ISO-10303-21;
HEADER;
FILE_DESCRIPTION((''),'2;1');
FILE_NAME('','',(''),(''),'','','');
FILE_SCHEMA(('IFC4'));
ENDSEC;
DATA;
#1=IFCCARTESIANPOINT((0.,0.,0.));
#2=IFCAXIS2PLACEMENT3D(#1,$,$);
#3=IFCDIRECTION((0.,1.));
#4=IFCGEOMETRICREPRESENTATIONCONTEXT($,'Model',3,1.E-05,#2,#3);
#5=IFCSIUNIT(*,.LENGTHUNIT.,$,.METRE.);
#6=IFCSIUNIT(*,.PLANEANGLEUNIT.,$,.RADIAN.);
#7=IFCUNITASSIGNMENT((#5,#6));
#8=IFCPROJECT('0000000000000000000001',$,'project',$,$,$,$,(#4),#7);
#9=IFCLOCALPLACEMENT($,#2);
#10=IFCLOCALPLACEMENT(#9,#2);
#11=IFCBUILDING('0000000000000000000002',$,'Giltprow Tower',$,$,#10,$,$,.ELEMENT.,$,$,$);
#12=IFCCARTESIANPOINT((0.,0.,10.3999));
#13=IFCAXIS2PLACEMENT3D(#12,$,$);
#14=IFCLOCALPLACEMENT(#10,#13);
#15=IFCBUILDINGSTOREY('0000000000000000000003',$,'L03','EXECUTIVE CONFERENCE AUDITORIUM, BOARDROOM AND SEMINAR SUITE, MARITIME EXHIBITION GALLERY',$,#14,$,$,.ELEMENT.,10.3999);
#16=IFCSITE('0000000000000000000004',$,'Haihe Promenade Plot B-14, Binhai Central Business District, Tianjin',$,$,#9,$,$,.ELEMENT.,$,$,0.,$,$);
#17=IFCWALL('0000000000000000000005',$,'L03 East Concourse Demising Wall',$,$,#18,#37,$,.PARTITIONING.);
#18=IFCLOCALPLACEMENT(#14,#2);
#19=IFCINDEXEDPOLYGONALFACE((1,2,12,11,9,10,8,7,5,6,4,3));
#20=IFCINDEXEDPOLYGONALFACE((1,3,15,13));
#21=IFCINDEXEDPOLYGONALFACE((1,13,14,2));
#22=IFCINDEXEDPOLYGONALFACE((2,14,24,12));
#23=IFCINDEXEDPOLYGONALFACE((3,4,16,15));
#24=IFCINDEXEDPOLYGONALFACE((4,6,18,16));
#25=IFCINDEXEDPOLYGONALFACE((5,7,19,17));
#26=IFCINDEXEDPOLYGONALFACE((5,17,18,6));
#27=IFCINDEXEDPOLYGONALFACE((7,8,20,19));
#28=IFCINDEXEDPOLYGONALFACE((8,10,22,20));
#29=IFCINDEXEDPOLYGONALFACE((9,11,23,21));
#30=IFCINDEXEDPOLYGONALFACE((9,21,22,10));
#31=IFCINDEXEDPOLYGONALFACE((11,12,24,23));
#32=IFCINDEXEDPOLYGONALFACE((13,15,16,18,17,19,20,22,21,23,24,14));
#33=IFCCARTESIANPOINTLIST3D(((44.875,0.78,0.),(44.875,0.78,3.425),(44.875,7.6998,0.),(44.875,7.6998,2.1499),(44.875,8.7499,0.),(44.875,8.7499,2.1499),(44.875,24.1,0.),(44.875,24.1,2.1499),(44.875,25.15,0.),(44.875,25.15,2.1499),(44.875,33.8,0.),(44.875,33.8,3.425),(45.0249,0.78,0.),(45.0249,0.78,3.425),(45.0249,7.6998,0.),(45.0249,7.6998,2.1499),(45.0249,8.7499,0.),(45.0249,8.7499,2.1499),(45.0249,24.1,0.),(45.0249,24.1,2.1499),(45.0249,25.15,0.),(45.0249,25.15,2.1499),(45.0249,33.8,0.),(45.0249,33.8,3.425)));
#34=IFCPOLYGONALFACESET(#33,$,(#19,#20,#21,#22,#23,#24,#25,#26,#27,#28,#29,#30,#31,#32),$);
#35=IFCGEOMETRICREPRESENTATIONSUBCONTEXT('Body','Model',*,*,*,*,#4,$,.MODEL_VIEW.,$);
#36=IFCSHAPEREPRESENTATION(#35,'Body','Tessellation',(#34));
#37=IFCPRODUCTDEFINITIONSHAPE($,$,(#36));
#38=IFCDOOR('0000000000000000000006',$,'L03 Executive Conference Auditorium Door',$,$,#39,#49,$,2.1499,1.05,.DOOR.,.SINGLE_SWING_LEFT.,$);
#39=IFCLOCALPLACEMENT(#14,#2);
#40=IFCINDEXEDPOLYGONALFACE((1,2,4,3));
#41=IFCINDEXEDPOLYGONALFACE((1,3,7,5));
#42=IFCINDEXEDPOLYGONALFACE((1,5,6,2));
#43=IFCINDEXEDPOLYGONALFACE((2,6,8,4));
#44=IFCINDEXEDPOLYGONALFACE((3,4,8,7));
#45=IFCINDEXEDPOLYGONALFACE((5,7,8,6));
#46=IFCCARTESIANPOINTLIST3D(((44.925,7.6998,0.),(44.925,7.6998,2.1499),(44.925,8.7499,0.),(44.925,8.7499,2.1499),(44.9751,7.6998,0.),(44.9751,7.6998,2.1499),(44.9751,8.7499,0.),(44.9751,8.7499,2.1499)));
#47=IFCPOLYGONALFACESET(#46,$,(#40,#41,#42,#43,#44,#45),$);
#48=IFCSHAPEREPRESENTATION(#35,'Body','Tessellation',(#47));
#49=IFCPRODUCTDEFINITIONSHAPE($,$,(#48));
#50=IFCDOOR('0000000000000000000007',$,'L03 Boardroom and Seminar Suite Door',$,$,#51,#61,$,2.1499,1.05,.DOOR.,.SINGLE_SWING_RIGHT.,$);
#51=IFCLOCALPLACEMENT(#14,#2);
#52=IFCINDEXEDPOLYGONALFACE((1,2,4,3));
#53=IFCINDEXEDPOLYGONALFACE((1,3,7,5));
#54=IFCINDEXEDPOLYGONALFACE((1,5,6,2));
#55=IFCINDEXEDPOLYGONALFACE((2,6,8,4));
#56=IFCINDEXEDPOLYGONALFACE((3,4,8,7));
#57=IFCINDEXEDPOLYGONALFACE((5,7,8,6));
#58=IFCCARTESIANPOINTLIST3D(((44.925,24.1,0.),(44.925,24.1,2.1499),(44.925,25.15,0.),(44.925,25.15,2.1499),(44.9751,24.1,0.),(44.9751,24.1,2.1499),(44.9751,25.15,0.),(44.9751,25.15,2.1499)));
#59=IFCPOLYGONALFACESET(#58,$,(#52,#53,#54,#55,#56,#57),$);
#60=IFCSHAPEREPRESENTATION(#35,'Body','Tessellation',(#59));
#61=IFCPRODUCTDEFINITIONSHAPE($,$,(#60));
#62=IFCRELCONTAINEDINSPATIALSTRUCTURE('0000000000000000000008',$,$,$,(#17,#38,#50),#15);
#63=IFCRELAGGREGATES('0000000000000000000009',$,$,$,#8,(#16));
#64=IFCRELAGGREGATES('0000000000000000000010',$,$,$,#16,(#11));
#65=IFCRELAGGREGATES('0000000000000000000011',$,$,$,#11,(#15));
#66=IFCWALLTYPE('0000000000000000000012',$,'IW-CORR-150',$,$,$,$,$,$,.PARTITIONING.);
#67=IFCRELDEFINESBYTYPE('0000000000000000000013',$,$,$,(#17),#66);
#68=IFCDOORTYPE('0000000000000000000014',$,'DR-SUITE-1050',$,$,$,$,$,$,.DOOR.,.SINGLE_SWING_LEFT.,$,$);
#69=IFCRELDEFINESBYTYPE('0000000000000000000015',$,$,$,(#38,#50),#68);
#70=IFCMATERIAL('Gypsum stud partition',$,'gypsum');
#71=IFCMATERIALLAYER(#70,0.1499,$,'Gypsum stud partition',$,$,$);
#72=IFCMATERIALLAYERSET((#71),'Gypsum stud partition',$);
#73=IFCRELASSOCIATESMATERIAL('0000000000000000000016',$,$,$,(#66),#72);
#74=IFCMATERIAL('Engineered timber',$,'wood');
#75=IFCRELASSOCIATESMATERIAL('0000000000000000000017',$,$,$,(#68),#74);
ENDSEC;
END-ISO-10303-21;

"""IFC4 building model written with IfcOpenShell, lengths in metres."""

from ifc_helpers import new_model, si_unit, direction, frame, frame_2d, origin, place, context, subcontext, project, spatial, rectangle, extrude, source, transform, mapped, material, layer, layer_set, type_object, element, fill, save


model = new_model("IFC4")

# Units and contexts
model_context = context("Model", 3, precision=1e-05, world=origin(), true_north=direction((0.0, 1.0)))
body_context = subcontext(model_context, "Body", "Model", "MODEL_VIEW")
ifc_project = project(units=[si_unit("LENGTHUNIT", "METRE"), si_unit("PLANEANGLEUNIT", "RADIAN")], contexts=[model_context])

# Site, building, storey
site_placement = place(None, origin())
site = spatial("IfcSite", under=ifc_project, at=site_placement, Name="Haihe Promenade Plot B-14, Binhai Central Business District, Tianjin", CompositionType="ELEMENT", RefElevation=0.0)
building_placement = place(site_placement, origin())
building = spatial("IfcBuilding", under=site, at=building_placement, Name="Giltprow Tower", CompositionType="ELEMENT")
storey_placement = place(building_placement, frame((0.0, 0.0, 10.3999)))
storey = spatial("IfcBuildingStorey", under=building, at=storey_placement, Name="L03", Description="EXECUTIVE CONFERENCE AUDITORIUM, BOARDROOM AND SEMINAR SUITE, MARITIME EXHIBITION GALLERY", CompositionType="ELEMENT", Elevation=10.3999)

# Wall, openings, doors
ifc_material_1 = material(Name="Gypsum stud partition", Category="gypsum")
ifc_layer_1 = layer(ifc_material_1, 0.1499, Name="Gypsum stud partition")
ifc_layer_set_1 = layer_set([ifc_layer_1], Name="Gypsum stud partition")
wall_type_1 = type_object("IfcWallType", Name="IW-CORR-150", PredefinedType="PARTITIONING", material=ifc_layer_set_1)
wall_1_placement = place(storey_placement, frame((44.95, 0.78, 0.0), z_axis=(0.0, 0.0, 1.0), x_axis=(0.0, 1.0, 0.0)))
wall_1 = element("IfcWall", 1, at=wall_1_placement, inside=storey, type_object=wall_type_1, Name="L03 East Concourse Demising Wall", PredefinedType="PARTITIONING", context=body_context, shape_type="SweptSolid", body=[
    extrude(rectangle(XDim=33.02, YDim=0.1499, at=frame_2d((16.51, 0.0))), origin(), (0.0, 0.0, 1.0), 3.425),
])
opening_1_placement = place(wall_1_placement, frame((6.9199, 0.0, 0.0)))
opening_1 = element("IfcOpeningElement", 2, at=opening_1_placement, cuts=wall_1, PredefinedType="OPENING", context=body_context, shape_type="SweptSolid", body=[
    extrude(rectangle(XDim=1.05, YDim=2.1499, at=frame_2d((0.5249, 1.075))), frame((0.0, 0.085, 0.0), z_axis=(0.0, -1.0, 0.0), x_axis=(1.0, 0.0, 0.0)), (0.0, 0.0, 1.0), 0.1699),
])
opening_2_placement = place(wall_1_placement, frame((23.3201, 0.0, 0.0)))
opening_2 = element("IfcOpeningElement", 3, at=opening_2_placement, cuts=wall_1, PredefinedType="OPENING", context=body_context, shape_type="SweptSolid", body=[
    extrude(rectangle(XDim=1.05, YDim=2.1499, at=frame_2d((0.5249, 1.075))), frame((0.0, 0.085, 0.0), z_axis=(0.0, -1.0, 0.0), x_axis=(1.0, 0.0, 0.0)), (0.0, 0.0, 1.0), 0.1699),
])
ifc_material_2 = material(Name="Engineered timber", Category="wood")
door_type = type_object("IfcDoorType", Name="DR-SUITE-1050", OperationType="SINGLE_SWING_LEFT", PredefinedType="DOOR", material=ifc_material_2)
shared_shape_1 = source(origin(), body_context, "Body", "SweptSolid", [
    extrude(rectangle(XDim=1.05, YDim=2.1499, at=frame_2d((0.5249, 1.075))), frame((0.0, 0.0249, 0.0), z_axis=(0.0, -1.0, 0.0), x_axis=(1.0, 0.0, 0.0)), (0.0, 0.0, 1.0), 0.05),
])
door_1_placement = place(opening_1_placement, origin())
door_1 = element("IfcDoor", 4, at=door_1_placement, inside=storey, type_object=door_type, Name="L03 Executive Conference Auditorium Door", OperationType="SINGLE_SWING_LEFT", OverallHeight=2.1499, OverallWidth=1.05, PredefinedType="DOOR", context=body_context, shape_type="MappedRepresentation", body=[
    mapped(shared_shape_1, transform((0.0, 0.0, 0.0), x_axis=(1.0, 0.0, 0.0), y_axis=(0.0, 1.0, 0.0), z_axis=(0.0, 0.0, 1.0), scale=1.0)),
])
fill(opening_1, door_1)
door_2_placement = place(opening_2_placement, origin())
door_2 = element("IfcDoor", 5, at=door_2_placement, inside=storey, type_object=door_type, Name="L03 Boardroom and Seminar Suite Door", OperationType="SINGLE_SWING_RIGHT", OverallHeight=2.1499, OverallWidth=1.05, PredefinedType="DOOR", context=body_context, shape_type="MappedRepresentation", body=[
    mapped(shared_shape_1, transform((0.0, 0.0, 0.0), x_axis=(1.0, 0.0, 0.0), y_axis=(0.0, 1.0, 0.0), z_axis=(0.0, 0.0, 1.0), scale=1.0)),
])
fill(opening_2, door_2)

save(model, "model.ifc")
